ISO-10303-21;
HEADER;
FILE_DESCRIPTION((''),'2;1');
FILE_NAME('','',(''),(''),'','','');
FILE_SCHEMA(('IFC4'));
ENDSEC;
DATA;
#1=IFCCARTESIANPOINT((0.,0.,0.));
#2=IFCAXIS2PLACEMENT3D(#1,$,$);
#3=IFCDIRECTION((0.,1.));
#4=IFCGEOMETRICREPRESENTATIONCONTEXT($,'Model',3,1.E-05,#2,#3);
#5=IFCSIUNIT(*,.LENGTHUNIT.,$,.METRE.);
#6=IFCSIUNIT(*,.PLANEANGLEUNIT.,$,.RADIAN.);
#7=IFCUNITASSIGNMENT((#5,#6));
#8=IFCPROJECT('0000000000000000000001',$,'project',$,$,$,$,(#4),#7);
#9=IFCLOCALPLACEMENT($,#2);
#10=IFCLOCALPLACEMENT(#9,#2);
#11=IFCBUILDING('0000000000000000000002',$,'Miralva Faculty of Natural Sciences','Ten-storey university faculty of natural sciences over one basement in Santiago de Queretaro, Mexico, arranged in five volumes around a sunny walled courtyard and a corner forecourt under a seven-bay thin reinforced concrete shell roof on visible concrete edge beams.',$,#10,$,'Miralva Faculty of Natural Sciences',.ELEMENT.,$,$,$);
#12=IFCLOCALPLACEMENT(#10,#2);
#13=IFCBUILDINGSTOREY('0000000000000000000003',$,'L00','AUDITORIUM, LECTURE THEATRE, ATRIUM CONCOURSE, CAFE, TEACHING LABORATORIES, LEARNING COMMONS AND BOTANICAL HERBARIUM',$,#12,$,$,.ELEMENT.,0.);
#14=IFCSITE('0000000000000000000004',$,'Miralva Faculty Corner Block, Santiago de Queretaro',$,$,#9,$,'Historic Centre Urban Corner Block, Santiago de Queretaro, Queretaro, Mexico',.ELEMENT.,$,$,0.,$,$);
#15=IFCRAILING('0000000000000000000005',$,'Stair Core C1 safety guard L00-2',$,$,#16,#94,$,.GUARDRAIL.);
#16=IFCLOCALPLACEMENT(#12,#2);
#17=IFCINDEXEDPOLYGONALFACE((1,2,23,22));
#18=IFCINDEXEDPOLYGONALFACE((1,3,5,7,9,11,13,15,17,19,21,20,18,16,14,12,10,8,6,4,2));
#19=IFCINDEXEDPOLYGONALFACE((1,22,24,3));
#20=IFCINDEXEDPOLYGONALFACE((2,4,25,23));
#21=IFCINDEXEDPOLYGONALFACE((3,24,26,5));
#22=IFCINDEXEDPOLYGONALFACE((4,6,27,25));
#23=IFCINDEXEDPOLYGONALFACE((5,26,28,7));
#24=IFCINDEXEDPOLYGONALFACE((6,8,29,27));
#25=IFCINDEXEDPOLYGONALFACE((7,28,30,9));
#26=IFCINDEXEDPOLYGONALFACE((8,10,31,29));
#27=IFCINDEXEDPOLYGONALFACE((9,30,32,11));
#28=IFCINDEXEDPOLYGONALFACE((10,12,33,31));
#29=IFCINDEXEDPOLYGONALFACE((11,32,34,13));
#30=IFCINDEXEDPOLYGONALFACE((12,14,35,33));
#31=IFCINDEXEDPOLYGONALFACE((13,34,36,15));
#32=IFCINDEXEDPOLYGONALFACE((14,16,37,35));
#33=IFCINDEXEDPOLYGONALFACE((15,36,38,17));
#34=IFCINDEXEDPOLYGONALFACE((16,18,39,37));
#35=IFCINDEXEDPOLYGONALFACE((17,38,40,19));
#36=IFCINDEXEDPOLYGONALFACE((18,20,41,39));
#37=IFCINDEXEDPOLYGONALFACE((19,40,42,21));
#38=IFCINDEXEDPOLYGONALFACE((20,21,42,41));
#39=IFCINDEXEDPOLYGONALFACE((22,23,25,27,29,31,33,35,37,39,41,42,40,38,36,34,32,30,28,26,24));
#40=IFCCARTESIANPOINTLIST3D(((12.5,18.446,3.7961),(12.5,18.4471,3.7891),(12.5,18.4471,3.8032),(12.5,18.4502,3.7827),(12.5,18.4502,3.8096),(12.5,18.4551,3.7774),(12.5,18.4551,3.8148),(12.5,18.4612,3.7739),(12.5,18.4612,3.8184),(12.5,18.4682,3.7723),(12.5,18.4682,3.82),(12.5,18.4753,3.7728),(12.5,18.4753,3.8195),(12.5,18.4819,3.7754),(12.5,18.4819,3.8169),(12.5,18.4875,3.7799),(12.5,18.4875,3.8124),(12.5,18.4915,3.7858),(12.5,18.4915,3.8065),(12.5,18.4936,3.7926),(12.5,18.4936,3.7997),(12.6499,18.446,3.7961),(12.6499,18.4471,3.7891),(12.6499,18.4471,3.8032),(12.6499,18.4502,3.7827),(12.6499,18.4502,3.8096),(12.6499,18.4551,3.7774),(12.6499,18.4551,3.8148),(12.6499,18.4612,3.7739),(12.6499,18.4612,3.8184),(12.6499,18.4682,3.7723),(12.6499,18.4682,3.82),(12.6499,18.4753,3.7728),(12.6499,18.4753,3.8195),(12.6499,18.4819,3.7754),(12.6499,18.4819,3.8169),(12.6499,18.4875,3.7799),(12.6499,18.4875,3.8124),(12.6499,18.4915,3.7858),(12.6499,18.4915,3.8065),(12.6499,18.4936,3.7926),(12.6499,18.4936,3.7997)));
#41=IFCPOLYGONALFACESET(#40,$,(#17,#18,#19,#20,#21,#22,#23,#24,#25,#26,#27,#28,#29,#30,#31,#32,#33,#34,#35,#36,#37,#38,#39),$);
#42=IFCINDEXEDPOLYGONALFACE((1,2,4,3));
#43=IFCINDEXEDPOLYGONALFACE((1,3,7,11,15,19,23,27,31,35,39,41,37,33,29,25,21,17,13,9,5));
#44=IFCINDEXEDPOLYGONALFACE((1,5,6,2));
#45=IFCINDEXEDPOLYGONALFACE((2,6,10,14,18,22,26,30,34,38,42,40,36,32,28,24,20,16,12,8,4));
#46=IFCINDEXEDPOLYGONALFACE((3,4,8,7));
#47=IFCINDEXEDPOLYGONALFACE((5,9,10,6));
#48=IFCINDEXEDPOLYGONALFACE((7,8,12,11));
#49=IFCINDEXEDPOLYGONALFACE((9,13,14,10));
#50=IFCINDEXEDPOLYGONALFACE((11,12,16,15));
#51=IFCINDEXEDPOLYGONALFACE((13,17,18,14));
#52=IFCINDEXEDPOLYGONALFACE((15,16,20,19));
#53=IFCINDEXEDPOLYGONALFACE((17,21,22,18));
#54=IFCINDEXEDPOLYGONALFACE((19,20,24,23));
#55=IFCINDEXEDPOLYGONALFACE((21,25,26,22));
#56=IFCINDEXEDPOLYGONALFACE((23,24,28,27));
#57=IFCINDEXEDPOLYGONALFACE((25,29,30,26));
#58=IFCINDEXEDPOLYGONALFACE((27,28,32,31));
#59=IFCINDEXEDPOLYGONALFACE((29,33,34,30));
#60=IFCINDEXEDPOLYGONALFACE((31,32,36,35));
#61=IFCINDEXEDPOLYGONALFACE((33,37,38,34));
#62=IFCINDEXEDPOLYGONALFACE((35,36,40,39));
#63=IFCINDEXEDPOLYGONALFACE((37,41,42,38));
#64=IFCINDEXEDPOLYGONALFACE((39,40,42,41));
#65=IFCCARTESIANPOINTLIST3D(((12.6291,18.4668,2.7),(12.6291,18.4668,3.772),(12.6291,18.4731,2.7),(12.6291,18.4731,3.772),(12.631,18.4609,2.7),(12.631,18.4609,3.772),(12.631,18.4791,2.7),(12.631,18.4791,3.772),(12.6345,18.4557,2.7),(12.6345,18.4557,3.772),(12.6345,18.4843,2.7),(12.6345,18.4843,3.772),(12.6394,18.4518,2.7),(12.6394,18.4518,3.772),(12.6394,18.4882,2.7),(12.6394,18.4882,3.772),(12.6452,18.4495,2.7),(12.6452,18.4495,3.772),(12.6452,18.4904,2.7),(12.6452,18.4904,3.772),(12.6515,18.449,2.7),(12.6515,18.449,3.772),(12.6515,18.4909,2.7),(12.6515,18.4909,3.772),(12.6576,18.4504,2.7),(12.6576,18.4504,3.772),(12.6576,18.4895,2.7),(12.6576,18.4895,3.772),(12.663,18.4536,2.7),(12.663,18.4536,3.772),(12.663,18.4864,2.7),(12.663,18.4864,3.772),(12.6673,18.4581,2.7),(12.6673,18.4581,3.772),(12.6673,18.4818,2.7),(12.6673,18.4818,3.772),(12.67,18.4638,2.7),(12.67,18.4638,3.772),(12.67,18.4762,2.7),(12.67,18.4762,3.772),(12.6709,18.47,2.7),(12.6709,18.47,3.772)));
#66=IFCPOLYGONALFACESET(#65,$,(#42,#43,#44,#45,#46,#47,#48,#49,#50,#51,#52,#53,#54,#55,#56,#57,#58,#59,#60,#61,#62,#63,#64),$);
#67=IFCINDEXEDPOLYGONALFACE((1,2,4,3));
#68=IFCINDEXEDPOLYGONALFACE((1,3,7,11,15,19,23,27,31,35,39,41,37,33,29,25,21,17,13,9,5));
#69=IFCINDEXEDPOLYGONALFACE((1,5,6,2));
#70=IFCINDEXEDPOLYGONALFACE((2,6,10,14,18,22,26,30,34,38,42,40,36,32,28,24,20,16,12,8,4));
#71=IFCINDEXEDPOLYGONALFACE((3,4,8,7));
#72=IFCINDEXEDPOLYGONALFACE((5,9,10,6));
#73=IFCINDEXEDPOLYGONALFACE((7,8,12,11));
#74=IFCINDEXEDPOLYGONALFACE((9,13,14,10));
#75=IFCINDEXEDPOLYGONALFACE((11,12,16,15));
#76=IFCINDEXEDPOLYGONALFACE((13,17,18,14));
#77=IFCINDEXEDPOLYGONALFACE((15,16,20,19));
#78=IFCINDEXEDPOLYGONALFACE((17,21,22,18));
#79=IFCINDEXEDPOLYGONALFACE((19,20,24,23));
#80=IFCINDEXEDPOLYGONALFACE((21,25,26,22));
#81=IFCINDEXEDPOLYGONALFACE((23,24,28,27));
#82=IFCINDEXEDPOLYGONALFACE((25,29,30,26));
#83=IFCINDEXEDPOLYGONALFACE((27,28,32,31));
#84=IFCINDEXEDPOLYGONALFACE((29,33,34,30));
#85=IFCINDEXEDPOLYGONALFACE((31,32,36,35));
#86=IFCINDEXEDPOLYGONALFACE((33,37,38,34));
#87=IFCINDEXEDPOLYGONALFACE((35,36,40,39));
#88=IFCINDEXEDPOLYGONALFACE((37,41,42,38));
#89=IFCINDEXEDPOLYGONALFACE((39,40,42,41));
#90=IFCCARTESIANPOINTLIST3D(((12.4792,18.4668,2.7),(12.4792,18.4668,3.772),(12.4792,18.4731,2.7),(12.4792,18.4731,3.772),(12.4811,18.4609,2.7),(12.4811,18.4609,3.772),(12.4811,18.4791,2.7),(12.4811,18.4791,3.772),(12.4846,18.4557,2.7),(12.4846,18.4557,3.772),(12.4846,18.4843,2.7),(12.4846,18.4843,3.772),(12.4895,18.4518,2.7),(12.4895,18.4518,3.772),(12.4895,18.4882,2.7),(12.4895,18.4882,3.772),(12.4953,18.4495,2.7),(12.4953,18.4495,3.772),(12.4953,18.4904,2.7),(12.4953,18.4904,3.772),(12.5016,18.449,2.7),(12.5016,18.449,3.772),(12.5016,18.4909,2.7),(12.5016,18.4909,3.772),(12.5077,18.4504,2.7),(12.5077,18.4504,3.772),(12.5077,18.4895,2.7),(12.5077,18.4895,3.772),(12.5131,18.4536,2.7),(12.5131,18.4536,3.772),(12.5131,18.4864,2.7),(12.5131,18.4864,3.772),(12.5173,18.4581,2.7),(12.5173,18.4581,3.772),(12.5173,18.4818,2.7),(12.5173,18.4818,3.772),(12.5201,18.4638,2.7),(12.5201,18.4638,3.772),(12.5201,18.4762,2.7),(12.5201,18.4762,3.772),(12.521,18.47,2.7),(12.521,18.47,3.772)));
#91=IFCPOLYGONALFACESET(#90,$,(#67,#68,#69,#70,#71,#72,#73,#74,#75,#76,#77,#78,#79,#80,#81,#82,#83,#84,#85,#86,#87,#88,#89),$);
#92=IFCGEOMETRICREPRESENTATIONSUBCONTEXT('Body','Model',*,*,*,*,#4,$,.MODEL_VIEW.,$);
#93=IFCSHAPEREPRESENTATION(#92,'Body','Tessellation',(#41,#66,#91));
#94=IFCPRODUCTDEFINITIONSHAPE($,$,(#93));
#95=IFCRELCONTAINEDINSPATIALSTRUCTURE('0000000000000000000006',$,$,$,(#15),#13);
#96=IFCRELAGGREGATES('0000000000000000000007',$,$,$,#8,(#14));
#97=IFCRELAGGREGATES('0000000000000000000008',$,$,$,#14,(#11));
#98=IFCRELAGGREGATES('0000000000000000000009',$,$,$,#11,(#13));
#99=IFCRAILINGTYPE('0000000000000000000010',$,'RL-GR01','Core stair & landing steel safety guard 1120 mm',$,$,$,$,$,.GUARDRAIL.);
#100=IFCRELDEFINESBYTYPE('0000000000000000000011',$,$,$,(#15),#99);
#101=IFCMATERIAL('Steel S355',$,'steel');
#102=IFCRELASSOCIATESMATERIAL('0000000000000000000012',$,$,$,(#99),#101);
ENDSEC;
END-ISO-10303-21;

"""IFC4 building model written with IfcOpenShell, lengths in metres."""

from ifc_helpers import new_model, si_unit, direction, frame, origin, origin_2d, place, context, subcontext, project, spatial, circle, extrude, material, type_object, element, save


model = new_model("IFC4")

# Units and contexts
model_context = context("Model", 3, precision=1e-05, world=origin(), true_north=direction((0.0, 1.0)))
body_context = subcontext(model_context, "Body", "Model", "MODEL_VIEW")
ifc_project = project(units=[si_unit("LENGTHUNIT", "METRE"), si_unit("PLANEANGLEUNIT", "RADIAN")], contexts=[model_context])

# Site, building, storey
site_placement = place(None, origin())
site = spatial("IfcSite", under=ifc_project, at=site_placement, Name="Miralva Faculty Corner Block, Santiago de Queretaro", LongName="Historic Centre Urban Corner Block, Santiago de Queretaro, Queretaro, Mexico", CompositionType="ELEMENT", RefElevation=0.0)
building_placement = place(site_placement, origin())
building = spatial("IfcBuilding", under=site, at=building_placement, Name="Miralva Faculty of Natural Sciences", Description="Ten-storey university faculty of natural sciences over one basement in Santiago de Queretaro, Mexico, arranged in five volumes around a sunny walled courtyard and a corner forecourt under a seven-bay thin reinforced concrete shell roof on visible concrete edge beams.", LongName="Miralva Faculty of Natural Sciences", CompositionType="ELEMENT")
storey_placement = place(building_placement, origin())
storey = spatial("IfcBuildingStorey", under=building, at=storey_placement, Name="L00", Description="AUDITORIUM, LECTURE THEATRE, ATRIUM CONCOURSE, CAFE, TEACHING LABORATORIES, LEARNING COMMONS AND BOTANICAL HERBARIUM", CompositionType="ELEMENT", Elevation=0.0)

# Railing
ifc_material_1 = material(Name="Steel S355", Category="steel")
railing_type_1 = type_object("IfcRailingType", Name="RL-GR01", Description="Core stair & landing steel safety guard 1120 mm", PredefinedType="GUARDRAIL", material=ifc_material_1)
railing_1_placement = place(storey_placement, frame((12.6499, 18.47, 2.7)))
element("IfcRailing", 1, at=railing_1_placement, inside=storey, type_object=railing_type_1, Name="Stair Core C1 safety guard L00-2", PredefinedType="GUARDRAIL", context=body_context, shape_type="SweptSolid", body=[
    extrude(circle(Radius=0.0239, at=origin_2d()), frame((0.0, 0.0, 1.0962), z_axis=(-1.0, 0.0, 0.0), x_axis=(0.0, -1.0, 0.0)), (0.0, 0.0, 1.0), 0.1499),
    extrude(circle(Radius=0.021, at=origin_2d()), origin(), (0.0, 0.0, 1.0), 1.072),
    extrude(circle(Radius=0.021, at=origin_2d()), frame((-0.1499, 0.0, 0.0)), (0.0, 0.0, 1.0), 1.072),
])

save(model, "model.ifc")
